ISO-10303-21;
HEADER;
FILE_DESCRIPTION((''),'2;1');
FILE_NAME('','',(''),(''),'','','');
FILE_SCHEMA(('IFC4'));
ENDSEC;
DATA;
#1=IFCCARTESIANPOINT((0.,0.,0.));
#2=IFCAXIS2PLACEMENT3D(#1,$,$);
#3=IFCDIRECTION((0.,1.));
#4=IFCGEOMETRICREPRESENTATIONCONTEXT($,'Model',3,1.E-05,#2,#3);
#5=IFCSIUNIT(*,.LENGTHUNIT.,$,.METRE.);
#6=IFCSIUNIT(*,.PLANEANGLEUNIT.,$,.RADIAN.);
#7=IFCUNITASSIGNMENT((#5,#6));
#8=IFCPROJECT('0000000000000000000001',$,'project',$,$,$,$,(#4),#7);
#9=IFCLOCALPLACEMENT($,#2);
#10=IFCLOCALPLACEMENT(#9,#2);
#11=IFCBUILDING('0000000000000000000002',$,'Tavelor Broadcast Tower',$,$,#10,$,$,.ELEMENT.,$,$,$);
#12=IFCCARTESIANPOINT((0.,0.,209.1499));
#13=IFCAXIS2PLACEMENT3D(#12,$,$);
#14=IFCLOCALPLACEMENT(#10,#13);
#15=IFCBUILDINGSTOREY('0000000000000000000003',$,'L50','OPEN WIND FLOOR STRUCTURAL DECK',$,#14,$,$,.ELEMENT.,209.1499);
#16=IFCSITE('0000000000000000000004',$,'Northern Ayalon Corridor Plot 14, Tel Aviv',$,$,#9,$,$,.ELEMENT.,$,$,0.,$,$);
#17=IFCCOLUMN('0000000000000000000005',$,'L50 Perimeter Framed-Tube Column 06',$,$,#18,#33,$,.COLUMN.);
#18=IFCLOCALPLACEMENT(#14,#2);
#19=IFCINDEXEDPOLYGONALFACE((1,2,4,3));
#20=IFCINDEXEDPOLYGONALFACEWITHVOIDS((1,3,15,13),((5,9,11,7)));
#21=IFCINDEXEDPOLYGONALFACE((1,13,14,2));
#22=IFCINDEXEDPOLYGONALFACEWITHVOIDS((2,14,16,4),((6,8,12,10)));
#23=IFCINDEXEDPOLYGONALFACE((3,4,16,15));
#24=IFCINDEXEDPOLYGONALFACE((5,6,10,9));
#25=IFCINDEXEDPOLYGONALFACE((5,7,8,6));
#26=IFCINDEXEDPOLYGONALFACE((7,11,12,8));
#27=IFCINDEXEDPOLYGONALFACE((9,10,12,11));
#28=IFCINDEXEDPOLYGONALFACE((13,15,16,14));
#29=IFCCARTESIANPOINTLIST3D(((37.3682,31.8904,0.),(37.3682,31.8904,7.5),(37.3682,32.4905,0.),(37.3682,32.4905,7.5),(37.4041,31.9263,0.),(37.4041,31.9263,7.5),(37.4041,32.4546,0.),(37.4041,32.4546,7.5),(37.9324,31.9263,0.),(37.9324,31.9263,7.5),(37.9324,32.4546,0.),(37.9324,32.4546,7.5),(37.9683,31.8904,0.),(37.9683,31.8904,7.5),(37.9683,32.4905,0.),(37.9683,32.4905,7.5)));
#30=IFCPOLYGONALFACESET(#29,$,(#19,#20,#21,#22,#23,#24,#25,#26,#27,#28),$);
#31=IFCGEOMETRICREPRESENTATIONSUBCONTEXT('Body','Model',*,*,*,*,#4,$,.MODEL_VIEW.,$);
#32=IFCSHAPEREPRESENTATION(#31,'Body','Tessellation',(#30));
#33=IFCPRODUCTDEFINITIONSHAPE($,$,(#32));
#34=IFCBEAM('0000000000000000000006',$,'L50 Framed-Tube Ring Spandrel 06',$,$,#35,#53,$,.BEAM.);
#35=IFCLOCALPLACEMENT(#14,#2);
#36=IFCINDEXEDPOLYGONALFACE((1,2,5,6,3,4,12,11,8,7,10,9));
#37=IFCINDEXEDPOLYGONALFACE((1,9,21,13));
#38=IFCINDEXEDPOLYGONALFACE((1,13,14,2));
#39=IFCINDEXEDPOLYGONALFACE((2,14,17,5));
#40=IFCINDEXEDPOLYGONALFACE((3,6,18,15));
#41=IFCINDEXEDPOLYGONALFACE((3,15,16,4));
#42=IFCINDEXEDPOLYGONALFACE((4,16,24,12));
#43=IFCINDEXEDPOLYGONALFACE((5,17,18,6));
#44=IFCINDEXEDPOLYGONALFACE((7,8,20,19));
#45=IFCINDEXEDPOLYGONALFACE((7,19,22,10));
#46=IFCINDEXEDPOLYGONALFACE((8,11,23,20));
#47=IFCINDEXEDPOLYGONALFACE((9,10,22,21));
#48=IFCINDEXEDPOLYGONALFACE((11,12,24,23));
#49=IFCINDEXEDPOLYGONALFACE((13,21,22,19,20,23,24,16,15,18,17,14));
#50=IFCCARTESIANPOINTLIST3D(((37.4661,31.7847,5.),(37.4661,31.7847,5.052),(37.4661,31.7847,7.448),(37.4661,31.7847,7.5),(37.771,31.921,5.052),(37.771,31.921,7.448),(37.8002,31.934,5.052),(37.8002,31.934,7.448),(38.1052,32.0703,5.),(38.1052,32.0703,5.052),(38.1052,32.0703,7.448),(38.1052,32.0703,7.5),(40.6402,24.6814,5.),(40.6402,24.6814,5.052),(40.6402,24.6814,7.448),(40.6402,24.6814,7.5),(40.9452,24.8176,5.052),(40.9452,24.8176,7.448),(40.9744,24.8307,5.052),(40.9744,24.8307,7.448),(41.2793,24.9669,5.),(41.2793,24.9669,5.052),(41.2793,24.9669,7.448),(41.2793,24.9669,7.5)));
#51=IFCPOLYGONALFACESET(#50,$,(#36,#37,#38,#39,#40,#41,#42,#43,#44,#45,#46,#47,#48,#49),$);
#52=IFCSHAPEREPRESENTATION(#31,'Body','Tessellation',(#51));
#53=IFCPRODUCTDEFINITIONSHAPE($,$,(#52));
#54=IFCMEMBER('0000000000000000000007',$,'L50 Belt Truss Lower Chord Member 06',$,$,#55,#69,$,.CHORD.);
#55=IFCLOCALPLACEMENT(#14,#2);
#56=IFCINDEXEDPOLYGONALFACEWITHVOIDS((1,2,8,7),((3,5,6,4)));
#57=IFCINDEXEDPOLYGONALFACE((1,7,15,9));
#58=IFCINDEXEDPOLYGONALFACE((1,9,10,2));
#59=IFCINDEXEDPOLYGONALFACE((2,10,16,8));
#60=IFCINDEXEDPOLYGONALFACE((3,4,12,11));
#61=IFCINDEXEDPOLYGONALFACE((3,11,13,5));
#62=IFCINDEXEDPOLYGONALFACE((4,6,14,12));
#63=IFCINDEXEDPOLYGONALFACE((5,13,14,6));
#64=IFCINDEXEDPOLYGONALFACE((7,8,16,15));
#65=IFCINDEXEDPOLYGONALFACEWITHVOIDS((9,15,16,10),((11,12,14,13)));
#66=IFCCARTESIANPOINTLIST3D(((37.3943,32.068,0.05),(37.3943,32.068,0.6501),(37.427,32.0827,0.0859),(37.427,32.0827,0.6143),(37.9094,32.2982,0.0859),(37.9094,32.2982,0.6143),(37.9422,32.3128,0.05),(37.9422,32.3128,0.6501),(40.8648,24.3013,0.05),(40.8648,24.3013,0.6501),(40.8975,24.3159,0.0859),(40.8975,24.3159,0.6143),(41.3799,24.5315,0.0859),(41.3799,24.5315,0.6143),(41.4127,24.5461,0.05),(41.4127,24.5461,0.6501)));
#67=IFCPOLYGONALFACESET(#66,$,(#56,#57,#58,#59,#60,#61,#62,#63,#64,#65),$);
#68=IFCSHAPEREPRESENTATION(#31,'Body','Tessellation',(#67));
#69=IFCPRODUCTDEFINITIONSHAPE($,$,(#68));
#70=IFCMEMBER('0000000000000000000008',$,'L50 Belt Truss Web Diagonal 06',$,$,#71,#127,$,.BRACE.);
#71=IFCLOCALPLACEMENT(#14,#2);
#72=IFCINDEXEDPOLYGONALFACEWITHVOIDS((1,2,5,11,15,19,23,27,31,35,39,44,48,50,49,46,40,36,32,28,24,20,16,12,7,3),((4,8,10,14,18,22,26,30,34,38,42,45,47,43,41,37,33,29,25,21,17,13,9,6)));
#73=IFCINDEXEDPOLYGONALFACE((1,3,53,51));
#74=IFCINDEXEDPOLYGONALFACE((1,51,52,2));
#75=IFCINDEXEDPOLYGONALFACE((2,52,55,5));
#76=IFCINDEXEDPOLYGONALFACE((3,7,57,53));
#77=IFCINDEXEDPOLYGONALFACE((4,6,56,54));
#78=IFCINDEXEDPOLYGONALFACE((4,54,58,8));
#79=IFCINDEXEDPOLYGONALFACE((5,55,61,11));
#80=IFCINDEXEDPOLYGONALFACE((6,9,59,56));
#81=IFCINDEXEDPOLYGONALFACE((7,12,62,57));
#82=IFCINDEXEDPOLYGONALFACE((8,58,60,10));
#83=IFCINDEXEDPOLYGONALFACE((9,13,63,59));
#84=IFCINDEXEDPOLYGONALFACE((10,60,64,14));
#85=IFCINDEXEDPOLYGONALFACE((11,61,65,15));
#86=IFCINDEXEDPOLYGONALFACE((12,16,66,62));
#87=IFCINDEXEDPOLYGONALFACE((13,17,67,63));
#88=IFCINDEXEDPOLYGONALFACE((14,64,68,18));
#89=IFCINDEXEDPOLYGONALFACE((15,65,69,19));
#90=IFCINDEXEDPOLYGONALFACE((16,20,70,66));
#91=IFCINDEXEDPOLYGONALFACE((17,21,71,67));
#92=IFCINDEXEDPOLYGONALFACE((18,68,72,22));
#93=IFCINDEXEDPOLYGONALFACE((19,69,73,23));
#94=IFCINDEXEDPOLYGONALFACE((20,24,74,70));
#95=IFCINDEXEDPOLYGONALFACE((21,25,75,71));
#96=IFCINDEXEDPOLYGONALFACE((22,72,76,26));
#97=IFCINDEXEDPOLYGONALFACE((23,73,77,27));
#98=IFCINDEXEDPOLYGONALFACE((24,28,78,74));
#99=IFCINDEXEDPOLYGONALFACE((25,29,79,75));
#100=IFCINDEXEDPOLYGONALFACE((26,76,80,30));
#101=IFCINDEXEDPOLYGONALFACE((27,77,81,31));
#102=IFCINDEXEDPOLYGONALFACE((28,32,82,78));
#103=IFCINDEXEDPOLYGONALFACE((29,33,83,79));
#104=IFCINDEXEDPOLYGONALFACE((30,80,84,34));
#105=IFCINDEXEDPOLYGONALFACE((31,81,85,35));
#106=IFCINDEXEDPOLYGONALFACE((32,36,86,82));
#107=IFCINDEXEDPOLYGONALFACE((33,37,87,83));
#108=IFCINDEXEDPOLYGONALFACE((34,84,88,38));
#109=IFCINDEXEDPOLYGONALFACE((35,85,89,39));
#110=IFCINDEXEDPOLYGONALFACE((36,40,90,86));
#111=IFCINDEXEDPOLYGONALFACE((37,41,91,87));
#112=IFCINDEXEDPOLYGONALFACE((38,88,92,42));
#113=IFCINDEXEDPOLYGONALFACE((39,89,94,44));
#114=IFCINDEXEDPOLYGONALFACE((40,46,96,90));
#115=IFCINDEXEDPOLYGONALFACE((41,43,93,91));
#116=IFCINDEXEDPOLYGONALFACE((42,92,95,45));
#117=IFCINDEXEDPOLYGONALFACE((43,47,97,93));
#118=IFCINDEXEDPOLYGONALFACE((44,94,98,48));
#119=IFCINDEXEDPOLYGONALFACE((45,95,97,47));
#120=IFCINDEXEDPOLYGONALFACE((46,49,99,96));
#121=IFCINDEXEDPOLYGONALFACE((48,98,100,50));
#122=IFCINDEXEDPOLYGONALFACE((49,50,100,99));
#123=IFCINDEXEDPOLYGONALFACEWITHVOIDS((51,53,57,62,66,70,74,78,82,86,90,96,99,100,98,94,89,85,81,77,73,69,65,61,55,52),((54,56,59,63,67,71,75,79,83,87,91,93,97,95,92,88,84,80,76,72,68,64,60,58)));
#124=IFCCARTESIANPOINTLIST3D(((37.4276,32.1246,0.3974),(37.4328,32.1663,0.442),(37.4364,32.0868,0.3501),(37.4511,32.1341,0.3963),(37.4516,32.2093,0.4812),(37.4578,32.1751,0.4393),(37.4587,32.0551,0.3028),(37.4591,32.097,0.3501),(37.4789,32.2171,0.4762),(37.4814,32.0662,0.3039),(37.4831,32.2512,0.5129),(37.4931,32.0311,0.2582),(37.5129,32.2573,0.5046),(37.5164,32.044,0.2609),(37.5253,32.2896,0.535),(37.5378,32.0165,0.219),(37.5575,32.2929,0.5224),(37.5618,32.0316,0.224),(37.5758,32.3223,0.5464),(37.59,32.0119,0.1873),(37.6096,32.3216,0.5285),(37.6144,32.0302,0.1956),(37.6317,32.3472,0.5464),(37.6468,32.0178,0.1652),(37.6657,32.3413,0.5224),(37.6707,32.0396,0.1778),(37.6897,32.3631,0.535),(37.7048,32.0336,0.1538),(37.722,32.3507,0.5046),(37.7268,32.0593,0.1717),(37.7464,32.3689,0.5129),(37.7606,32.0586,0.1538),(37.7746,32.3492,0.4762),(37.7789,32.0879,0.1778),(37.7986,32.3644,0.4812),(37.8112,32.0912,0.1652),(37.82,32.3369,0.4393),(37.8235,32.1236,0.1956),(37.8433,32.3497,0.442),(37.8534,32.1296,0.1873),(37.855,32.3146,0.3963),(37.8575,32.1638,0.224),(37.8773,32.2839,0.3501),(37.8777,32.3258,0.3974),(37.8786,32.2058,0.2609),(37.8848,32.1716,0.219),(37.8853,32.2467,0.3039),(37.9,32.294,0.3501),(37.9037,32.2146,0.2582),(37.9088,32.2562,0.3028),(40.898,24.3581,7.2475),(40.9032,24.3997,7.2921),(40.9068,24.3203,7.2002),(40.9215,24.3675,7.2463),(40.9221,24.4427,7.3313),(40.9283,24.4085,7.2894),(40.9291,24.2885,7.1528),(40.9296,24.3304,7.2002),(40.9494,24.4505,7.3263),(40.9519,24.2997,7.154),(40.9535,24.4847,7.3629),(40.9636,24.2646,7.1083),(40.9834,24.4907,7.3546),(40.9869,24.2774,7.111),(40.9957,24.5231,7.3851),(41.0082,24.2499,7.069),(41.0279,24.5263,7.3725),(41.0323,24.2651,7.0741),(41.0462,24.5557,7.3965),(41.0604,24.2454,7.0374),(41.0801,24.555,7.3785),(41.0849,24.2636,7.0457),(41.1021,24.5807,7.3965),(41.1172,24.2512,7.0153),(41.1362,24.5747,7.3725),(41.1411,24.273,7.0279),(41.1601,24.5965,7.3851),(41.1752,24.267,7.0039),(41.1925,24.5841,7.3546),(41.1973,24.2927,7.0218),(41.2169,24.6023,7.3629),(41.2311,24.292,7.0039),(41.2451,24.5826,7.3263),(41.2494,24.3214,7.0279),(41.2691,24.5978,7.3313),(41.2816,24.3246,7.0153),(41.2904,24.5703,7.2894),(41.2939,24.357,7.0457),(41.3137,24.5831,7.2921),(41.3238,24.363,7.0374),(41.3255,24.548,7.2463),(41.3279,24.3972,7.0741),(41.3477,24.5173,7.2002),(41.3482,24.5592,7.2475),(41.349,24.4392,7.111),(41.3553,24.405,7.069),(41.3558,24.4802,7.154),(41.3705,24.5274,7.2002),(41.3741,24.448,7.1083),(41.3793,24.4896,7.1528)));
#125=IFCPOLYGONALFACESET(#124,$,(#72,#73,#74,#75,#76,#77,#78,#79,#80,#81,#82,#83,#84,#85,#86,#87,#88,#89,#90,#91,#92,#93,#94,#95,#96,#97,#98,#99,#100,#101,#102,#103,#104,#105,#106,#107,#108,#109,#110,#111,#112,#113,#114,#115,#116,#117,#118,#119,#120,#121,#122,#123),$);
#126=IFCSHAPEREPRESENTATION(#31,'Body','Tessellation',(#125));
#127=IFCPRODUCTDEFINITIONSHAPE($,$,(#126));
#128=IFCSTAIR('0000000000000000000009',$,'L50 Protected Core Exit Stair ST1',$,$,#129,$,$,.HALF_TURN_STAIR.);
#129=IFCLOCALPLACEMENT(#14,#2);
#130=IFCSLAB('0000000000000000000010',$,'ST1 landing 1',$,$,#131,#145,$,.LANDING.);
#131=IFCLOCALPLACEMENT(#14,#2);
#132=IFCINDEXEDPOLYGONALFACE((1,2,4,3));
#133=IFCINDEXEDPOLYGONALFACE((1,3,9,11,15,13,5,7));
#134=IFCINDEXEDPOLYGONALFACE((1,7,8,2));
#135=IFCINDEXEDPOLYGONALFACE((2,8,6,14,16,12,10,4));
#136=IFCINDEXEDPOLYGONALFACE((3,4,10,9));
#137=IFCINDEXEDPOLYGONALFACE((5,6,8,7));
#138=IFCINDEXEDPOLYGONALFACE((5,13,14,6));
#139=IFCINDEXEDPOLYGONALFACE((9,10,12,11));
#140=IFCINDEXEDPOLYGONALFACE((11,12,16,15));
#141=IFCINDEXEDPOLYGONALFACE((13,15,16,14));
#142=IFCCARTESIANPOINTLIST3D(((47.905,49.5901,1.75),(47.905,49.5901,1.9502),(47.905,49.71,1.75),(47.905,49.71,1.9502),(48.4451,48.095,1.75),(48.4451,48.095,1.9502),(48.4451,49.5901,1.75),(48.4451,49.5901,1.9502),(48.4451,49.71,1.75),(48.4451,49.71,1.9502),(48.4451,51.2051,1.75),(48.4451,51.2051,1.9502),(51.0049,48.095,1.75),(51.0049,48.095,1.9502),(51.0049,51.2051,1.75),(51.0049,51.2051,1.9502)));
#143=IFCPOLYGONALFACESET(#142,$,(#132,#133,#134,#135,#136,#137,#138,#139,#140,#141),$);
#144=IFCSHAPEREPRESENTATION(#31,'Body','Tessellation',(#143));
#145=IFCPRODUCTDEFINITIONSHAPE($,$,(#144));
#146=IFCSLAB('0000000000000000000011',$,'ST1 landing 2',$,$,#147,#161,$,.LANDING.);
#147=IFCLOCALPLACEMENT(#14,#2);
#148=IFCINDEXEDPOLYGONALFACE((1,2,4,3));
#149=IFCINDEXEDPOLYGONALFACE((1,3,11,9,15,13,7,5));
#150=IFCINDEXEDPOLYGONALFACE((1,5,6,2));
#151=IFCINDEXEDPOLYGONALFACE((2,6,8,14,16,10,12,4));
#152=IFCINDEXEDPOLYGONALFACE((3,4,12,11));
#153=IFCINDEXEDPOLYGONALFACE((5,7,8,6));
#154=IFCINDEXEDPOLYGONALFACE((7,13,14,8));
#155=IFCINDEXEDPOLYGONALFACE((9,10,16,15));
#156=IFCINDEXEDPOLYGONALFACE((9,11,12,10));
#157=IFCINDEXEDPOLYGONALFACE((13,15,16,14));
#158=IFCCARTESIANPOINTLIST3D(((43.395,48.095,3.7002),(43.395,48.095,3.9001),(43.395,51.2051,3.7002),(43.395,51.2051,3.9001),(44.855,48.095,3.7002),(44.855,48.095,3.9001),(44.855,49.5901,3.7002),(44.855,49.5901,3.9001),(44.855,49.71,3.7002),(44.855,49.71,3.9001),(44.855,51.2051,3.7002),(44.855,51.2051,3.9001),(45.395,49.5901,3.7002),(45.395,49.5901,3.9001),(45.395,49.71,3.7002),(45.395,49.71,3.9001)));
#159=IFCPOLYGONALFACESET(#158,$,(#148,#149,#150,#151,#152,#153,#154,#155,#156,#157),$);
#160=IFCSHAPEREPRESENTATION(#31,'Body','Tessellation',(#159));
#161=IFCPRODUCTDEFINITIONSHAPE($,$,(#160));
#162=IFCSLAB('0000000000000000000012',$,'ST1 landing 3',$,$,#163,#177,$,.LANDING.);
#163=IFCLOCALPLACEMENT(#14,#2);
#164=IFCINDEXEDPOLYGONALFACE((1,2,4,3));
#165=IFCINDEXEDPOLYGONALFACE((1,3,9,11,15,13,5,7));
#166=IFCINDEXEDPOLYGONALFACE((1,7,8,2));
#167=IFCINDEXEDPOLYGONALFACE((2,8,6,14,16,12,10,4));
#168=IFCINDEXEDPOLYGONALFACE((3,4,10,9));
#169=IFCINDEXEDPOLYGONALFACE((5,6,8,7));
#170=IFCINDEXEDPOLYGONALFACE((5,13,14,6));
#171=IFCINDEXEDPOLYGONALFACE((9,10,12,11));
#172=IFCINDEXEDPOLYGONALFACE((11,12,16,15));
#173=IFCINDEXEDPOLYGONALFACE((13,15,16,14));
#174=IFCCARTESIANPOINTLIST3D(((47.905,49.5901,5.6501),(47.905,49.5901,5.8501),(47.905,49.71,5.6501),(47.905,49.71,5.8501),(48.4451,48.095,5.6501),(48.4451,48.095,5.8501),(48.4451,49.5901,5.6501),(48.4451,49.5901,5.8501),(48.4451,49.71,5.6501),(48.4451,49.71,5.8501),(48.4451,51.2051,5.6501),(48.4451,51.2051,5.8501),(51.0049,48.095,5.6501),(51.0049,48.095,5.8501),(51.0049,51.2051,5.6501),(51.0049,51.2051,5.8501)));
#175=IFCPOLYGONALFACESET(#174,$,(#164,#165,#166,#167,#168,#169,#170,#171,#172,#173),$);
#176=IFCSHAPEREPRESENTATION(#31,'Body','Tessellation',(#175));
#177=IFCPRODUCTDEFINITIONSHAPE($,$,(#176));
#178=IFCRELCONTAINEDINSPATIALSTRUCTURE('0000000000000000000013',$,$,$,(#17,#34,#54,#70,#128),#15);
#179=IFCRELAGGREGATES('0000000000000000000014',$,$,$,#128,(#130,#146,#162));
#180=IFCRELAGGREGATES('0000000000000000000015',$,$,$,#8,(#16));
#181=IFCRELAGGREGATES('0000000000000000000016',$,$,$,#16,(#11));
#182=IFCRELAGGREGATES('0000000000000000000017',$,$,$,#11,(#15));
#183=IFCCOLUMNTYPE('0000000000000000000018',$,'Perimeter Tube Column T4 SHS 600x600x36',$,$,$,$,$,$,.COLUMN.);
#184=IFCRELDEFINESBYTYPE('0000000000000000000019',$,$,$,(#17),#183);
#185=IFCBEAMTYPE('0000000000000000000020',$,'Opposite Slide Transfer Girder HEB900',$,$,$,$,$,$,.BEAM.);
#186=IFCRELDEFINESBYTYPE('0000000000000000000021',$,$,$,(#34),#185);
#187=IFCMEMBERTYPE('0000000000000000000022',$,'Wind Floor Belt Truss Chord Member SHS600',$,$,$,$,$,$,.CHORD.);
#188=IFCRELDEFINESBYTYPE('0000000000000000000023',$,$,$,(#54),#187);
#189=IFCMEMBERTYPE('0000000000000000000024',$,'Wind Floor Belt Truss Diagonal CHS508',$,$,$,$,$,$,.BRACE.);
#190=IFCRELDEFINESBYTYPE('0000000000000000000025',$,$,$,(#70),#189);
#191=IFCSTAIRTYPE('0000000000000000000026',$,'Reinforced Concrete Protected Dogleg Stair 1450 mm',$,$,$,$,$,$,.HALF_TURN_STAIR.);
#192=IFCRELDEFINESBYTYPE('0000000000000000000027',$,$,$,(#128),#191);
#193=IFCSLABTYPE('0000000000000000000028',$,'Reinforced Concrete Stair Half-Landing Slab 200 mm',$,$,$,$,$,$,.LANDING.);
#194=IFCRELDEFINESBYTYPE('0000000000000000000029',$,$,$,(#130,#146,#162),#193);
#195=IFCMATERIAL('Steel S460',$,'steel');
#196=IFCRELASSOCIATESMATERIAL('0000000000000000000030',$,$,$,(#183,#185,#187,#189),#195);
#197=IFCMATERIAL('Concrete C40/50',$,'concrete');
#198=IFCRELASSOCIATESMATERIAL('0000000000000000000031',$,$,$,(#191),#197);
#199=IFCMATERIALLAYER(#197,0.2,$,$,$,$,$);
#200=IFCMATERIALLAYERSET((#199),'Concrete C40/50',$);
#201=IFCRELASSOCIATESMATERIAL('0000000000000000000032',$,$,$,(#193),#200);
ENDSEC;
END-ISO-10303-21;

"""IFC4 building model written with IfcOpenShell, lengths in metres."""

from ifc_helpers import new_model, si_unit, direction, frame, origin, origin_2d, place, context, subcontext, project, spatial, polyline, hollow_rectangle, hollow_circle, i_section, outline, extrude, material, layer, layer_set, material_profile, profile_set, type_object, element, aggregate, save


model = new_model("IFC4")

# Units and contexts
model_context = context("Model", 3, precision=1e-05, world=origin(), true_north=direction((0.0, 1.0)))
body_context = subcontext(model_context, "Body", "Model", "MODEL_VIEW")
ifc_project = project(units=[si_unit("LENGTHUNIT", "METRE"), si_unit("PLANEANGLEUNIT", "RADIAN")], contexts=[model_context])

# Site, building, storey
site_placement = place(None, origin())
site = spatial("IfcSite", under=ifc_project, at=site_placement, Name="Northern Ayalon Corridor Plot 14, Tel Aviv", CompositionType="ELEMENT", RefElevation=0.0)
building_placement = place(site_placement, origin())
building = spatial("IfcBuilding", under=site, at=building_placement, Name="Tavelor Broadcast Tower", CompositionType="ELEMENT")
storey_placement = place(building_placement, frame((0.0, 0.0, 209.1499)))
storey = spatial("IfcBuildingStorey", under=building, at=storey_placement, Name="L50", Description="OPEN WIND FLOOR STRUCTURAL DECK", CompositionType="ELEMENT", Elevation=209.1499)

# Column
ifc_material_1 = material(Name="Steel S460", Category="steel")
ifc_material_profile_1 = material_profile(ifc_material_1, hollow_rectangle(XDim=0.6001, YDim=0.6001, WallThickness=0.0359, at=origin_2d()), Name="SHS 600x600x36")
ifc_profile_set_1 = profile_set([ifc_material_profile_1], Name="Steel S460")
column_type = type_object("IfcColumnType", Name="Perimeter Tube Column T4 SHS 600x600x36", PredefinedType="COLUMN", material=ifc_profile_set_1)
column_placement = place(storey_placement, frame((37.6682, 32.1904, 0.0), z_axis=(0.0, 0.0, 1.0), x_axis=(1.0, 0.0, 0.0)))
element("IfcColumn", 1, at=column_placement, inside=storey, type_object=column_type, Name="L50 Perimeter Framed-Tube Column 06", PredefinedType="COLUMN", context=body_context, shape_type="SweptSolid", body=[
    extrude(hollow_rectangle(XDim=0.6001, YDim=0.6001, WallThickness=0.0359, at=origin_2d()), origin(), (0.0, 0.0, 1.0), 7.5),
])

# Beam
ifc_material_profile_2 = material_profile(ifc_material_1, i_section(OverallWidth=0.7, OverallDepth=2.5, WebThickness=0.032, FlangeThickness=0.052, at=origin_2d()), Name="PG 2500x700")
ifc_profile_set_2 = profile_set([ifc_material_profile_2], Name="Steel S460")
beam_type = type_object("IfcBeamType", Name="Opposite Slide Transfer Girder HEB900", PredefinedType="BEAM", material=ifc_profile_set_2)
beam_placement = place(storey_placement, frame((37.7856, 31.9275, 6.25), z_axis=(0.407969, -0.912996, 0.0), x_axis=(0.912996, 0.407969, 0.0)))
element("IfcBeam", 2, at=beam_placement, inside=storey, type_object=beam_type, Name="L50 Framed-Tube Ring Spandrel 06", PredefinedType="BEAM", context=body_context, shape_type="SweptSolid", body=[
    extrude(i_section(OverallWidth=0.7, OverallDepth=2.5, WebThickness=0.032, FlangeThickness=0.052, at=origin_2d()), origin(), (0.0, 0.0, 1.0), 7.7803),
])

# Members
ifc_material_profile_3 = material_profile(ifc_material_1, hollow_rectangle(XDim=0.6001, YDim=0.6001, WallThickness=0.0359, at=origin_2d()), Name="SHS 600x600x36")
ifc_profile_set_3 = profile_set([ifc_material_profile_3], Name="Steel S460")
member_type_1 = type_object("IfcMemberType", Name="Wind Floor Belt Truss Chord Member SHS600", PredefinedType="CHORD", material=ifc_profile_set_3)
member_1_placement = place(storey_placement, frame((37.6682, 32.1904, 0.3501), z_axis=(0.407967, -0.912997, 0.0), x_axis=(0.912997, 0.407967, 0.0)))
element("IfcMember", 3, at=member_1_placement, inside=storey, type_object=member_type_1, Name="L50 Belt Truss Lower Chord Member 06", PredefinedType="CHORD", context=body_context, shape_type="SweptSolid", body=[
    extrude(hollow_rectangle(XDim=0.6001, YDim=0.6001, WallThickness=0.0359, at=origin_2d()), origin(), (0.0, 0.0, 1.0), 8.5068),
])
ifc_material_profile_4 = material_profile(ifc_material_1, hollow_circle(Radius=0.2539, WallThickness=0.0249, at=origin_2d()), Name="CHS 508x25")
ifc_profile_set_4 = profile_set([ifc_material_profile_4], Name="Steel S460")
member_type_2 = type_object("IfcMemberType", Name="Wind Floor Belt Truss Diagonal CHS508", PredefinedType="BRACE", material=ifc_profile_set_4)
member_2_placement = place(storey_placement, frame((37.6682, 32.1904, 0.3501), z_axis=(0.317752, -0.711103, 0.627189), x_axis=(0.912997, 0.407967, 0.0)))
element("IfcMember", 4, at=member_2_placement, inside=storey, type_object=member_type_2, Name="L50 Belt Truss Web Diagonal 06", PredefinedType="BRACE", context=body_context, shape_type="SweptSolid", body=[
    extrude(hollow_circle(Radius=0.2539, WallThickness=0.0249, at=origin_2d()), origin(), (0.0, 0.0, 1.0), 10.9219),
])

# Stair, slabs
ifc_material_2 = material(Name="Concrete C40/50", Category="concrete")
stair_type = type_object("IfcStairType", Name="Reinforced Concrete Protected Dogleg Stair 1450 mm", PredefinedType="HALF_TURN_STAIR", material=ifc_material_2)
stair_1_placement = place(storey_placement, origin())
stair_1 = element("IfcStair", 5, at=stair_1_placement, inside=storey, type_object=stair_type, Name="L50 Protected Core Exit Stair ST1", PredefinedType="HALF_TURN_STAIR")
ifc_layer_1 = layer(ifc_material_2, 0.2)
ifc_layer_set_1 = layer_set([ifc_layer_1], Name="Concrete C40/50")
slab_type_1 = type_object("IfcSlabType", Name="Reinforced Concrete Stair Half-Landing Slab 200 mm", PredefinedType="LANDING", material=ifc_layer_set_1)
slab_1_placement = place(storey_placement, frame((0.0, 0.0, 1.75)))
slab_1 = element("IfcSlab", 6, at=slab_1_placement, type_object=slab_type_1, Name="ST1 landing 1", PredefinedType="LANDING", context=body_context, shape_type="SweptSolid", body=[
    extrude(outline(polyline([(48.4451, 49.5901), (48.4451, 48.095), (51.0049, 48.095), (51.0049, 51.2051), (48.4451, 51.2051), (48.4451, 49.71), (47.905, 49.71), (47.905, 49.5901), (48.4451, 49.5901)])), origin(), (0.0, 0.0, 1.0), 0.2002),
])
slab_2_placement = place(storey_placement, frame((0.0, 0.0, 3.7002)))
slab_2 = element("IfcSlab", 7, at=slab_2_placement, type_object=slab_type_1, Name="ST1 landing 2", PredefinedType="LANDING", context=body_context, shape_type="SweptSolid", body=[
    extrude(outline(polyline([(43.395, 48.095), (44.855, 48.095), (44.855, 49.5901), (45.395, 49.5901), (45.395, 49.71), (44.855, 49.71), (44.855, 51.2051), (43.395, 51.2051), (43.395, 48.095)])), origin(), (0.0, 0.0, 1.0), 0.2),
])
slab_3_placement = place(storey_placement, frame((0.0, 0.0, 5.6501)))
slab_3 = element("IfcSlab", 8, at=slab_3_placement, type_object=slab_type_1, Name="ST1 landing 3", PredefinedType="LANDING", context=body_context, shape_type="SweptSolid", body=[
    extrude(outline(polyline([(48.4451, 49.5901), (48.4451, 48.095), (51.0049, 48.095), (51.0049, 51.2051), (48.4451, 51.2051), (48.4451, 49.71), (47.905, 49.71), (47.905, 49.5901), (48.4451, 49.5901)])), origin(), (0.0, 0.0, 1.0), 0.2),
])
aggregate(stair_1, [slab_1, slab_2, slab_3])

save(model, "model.ifc")
